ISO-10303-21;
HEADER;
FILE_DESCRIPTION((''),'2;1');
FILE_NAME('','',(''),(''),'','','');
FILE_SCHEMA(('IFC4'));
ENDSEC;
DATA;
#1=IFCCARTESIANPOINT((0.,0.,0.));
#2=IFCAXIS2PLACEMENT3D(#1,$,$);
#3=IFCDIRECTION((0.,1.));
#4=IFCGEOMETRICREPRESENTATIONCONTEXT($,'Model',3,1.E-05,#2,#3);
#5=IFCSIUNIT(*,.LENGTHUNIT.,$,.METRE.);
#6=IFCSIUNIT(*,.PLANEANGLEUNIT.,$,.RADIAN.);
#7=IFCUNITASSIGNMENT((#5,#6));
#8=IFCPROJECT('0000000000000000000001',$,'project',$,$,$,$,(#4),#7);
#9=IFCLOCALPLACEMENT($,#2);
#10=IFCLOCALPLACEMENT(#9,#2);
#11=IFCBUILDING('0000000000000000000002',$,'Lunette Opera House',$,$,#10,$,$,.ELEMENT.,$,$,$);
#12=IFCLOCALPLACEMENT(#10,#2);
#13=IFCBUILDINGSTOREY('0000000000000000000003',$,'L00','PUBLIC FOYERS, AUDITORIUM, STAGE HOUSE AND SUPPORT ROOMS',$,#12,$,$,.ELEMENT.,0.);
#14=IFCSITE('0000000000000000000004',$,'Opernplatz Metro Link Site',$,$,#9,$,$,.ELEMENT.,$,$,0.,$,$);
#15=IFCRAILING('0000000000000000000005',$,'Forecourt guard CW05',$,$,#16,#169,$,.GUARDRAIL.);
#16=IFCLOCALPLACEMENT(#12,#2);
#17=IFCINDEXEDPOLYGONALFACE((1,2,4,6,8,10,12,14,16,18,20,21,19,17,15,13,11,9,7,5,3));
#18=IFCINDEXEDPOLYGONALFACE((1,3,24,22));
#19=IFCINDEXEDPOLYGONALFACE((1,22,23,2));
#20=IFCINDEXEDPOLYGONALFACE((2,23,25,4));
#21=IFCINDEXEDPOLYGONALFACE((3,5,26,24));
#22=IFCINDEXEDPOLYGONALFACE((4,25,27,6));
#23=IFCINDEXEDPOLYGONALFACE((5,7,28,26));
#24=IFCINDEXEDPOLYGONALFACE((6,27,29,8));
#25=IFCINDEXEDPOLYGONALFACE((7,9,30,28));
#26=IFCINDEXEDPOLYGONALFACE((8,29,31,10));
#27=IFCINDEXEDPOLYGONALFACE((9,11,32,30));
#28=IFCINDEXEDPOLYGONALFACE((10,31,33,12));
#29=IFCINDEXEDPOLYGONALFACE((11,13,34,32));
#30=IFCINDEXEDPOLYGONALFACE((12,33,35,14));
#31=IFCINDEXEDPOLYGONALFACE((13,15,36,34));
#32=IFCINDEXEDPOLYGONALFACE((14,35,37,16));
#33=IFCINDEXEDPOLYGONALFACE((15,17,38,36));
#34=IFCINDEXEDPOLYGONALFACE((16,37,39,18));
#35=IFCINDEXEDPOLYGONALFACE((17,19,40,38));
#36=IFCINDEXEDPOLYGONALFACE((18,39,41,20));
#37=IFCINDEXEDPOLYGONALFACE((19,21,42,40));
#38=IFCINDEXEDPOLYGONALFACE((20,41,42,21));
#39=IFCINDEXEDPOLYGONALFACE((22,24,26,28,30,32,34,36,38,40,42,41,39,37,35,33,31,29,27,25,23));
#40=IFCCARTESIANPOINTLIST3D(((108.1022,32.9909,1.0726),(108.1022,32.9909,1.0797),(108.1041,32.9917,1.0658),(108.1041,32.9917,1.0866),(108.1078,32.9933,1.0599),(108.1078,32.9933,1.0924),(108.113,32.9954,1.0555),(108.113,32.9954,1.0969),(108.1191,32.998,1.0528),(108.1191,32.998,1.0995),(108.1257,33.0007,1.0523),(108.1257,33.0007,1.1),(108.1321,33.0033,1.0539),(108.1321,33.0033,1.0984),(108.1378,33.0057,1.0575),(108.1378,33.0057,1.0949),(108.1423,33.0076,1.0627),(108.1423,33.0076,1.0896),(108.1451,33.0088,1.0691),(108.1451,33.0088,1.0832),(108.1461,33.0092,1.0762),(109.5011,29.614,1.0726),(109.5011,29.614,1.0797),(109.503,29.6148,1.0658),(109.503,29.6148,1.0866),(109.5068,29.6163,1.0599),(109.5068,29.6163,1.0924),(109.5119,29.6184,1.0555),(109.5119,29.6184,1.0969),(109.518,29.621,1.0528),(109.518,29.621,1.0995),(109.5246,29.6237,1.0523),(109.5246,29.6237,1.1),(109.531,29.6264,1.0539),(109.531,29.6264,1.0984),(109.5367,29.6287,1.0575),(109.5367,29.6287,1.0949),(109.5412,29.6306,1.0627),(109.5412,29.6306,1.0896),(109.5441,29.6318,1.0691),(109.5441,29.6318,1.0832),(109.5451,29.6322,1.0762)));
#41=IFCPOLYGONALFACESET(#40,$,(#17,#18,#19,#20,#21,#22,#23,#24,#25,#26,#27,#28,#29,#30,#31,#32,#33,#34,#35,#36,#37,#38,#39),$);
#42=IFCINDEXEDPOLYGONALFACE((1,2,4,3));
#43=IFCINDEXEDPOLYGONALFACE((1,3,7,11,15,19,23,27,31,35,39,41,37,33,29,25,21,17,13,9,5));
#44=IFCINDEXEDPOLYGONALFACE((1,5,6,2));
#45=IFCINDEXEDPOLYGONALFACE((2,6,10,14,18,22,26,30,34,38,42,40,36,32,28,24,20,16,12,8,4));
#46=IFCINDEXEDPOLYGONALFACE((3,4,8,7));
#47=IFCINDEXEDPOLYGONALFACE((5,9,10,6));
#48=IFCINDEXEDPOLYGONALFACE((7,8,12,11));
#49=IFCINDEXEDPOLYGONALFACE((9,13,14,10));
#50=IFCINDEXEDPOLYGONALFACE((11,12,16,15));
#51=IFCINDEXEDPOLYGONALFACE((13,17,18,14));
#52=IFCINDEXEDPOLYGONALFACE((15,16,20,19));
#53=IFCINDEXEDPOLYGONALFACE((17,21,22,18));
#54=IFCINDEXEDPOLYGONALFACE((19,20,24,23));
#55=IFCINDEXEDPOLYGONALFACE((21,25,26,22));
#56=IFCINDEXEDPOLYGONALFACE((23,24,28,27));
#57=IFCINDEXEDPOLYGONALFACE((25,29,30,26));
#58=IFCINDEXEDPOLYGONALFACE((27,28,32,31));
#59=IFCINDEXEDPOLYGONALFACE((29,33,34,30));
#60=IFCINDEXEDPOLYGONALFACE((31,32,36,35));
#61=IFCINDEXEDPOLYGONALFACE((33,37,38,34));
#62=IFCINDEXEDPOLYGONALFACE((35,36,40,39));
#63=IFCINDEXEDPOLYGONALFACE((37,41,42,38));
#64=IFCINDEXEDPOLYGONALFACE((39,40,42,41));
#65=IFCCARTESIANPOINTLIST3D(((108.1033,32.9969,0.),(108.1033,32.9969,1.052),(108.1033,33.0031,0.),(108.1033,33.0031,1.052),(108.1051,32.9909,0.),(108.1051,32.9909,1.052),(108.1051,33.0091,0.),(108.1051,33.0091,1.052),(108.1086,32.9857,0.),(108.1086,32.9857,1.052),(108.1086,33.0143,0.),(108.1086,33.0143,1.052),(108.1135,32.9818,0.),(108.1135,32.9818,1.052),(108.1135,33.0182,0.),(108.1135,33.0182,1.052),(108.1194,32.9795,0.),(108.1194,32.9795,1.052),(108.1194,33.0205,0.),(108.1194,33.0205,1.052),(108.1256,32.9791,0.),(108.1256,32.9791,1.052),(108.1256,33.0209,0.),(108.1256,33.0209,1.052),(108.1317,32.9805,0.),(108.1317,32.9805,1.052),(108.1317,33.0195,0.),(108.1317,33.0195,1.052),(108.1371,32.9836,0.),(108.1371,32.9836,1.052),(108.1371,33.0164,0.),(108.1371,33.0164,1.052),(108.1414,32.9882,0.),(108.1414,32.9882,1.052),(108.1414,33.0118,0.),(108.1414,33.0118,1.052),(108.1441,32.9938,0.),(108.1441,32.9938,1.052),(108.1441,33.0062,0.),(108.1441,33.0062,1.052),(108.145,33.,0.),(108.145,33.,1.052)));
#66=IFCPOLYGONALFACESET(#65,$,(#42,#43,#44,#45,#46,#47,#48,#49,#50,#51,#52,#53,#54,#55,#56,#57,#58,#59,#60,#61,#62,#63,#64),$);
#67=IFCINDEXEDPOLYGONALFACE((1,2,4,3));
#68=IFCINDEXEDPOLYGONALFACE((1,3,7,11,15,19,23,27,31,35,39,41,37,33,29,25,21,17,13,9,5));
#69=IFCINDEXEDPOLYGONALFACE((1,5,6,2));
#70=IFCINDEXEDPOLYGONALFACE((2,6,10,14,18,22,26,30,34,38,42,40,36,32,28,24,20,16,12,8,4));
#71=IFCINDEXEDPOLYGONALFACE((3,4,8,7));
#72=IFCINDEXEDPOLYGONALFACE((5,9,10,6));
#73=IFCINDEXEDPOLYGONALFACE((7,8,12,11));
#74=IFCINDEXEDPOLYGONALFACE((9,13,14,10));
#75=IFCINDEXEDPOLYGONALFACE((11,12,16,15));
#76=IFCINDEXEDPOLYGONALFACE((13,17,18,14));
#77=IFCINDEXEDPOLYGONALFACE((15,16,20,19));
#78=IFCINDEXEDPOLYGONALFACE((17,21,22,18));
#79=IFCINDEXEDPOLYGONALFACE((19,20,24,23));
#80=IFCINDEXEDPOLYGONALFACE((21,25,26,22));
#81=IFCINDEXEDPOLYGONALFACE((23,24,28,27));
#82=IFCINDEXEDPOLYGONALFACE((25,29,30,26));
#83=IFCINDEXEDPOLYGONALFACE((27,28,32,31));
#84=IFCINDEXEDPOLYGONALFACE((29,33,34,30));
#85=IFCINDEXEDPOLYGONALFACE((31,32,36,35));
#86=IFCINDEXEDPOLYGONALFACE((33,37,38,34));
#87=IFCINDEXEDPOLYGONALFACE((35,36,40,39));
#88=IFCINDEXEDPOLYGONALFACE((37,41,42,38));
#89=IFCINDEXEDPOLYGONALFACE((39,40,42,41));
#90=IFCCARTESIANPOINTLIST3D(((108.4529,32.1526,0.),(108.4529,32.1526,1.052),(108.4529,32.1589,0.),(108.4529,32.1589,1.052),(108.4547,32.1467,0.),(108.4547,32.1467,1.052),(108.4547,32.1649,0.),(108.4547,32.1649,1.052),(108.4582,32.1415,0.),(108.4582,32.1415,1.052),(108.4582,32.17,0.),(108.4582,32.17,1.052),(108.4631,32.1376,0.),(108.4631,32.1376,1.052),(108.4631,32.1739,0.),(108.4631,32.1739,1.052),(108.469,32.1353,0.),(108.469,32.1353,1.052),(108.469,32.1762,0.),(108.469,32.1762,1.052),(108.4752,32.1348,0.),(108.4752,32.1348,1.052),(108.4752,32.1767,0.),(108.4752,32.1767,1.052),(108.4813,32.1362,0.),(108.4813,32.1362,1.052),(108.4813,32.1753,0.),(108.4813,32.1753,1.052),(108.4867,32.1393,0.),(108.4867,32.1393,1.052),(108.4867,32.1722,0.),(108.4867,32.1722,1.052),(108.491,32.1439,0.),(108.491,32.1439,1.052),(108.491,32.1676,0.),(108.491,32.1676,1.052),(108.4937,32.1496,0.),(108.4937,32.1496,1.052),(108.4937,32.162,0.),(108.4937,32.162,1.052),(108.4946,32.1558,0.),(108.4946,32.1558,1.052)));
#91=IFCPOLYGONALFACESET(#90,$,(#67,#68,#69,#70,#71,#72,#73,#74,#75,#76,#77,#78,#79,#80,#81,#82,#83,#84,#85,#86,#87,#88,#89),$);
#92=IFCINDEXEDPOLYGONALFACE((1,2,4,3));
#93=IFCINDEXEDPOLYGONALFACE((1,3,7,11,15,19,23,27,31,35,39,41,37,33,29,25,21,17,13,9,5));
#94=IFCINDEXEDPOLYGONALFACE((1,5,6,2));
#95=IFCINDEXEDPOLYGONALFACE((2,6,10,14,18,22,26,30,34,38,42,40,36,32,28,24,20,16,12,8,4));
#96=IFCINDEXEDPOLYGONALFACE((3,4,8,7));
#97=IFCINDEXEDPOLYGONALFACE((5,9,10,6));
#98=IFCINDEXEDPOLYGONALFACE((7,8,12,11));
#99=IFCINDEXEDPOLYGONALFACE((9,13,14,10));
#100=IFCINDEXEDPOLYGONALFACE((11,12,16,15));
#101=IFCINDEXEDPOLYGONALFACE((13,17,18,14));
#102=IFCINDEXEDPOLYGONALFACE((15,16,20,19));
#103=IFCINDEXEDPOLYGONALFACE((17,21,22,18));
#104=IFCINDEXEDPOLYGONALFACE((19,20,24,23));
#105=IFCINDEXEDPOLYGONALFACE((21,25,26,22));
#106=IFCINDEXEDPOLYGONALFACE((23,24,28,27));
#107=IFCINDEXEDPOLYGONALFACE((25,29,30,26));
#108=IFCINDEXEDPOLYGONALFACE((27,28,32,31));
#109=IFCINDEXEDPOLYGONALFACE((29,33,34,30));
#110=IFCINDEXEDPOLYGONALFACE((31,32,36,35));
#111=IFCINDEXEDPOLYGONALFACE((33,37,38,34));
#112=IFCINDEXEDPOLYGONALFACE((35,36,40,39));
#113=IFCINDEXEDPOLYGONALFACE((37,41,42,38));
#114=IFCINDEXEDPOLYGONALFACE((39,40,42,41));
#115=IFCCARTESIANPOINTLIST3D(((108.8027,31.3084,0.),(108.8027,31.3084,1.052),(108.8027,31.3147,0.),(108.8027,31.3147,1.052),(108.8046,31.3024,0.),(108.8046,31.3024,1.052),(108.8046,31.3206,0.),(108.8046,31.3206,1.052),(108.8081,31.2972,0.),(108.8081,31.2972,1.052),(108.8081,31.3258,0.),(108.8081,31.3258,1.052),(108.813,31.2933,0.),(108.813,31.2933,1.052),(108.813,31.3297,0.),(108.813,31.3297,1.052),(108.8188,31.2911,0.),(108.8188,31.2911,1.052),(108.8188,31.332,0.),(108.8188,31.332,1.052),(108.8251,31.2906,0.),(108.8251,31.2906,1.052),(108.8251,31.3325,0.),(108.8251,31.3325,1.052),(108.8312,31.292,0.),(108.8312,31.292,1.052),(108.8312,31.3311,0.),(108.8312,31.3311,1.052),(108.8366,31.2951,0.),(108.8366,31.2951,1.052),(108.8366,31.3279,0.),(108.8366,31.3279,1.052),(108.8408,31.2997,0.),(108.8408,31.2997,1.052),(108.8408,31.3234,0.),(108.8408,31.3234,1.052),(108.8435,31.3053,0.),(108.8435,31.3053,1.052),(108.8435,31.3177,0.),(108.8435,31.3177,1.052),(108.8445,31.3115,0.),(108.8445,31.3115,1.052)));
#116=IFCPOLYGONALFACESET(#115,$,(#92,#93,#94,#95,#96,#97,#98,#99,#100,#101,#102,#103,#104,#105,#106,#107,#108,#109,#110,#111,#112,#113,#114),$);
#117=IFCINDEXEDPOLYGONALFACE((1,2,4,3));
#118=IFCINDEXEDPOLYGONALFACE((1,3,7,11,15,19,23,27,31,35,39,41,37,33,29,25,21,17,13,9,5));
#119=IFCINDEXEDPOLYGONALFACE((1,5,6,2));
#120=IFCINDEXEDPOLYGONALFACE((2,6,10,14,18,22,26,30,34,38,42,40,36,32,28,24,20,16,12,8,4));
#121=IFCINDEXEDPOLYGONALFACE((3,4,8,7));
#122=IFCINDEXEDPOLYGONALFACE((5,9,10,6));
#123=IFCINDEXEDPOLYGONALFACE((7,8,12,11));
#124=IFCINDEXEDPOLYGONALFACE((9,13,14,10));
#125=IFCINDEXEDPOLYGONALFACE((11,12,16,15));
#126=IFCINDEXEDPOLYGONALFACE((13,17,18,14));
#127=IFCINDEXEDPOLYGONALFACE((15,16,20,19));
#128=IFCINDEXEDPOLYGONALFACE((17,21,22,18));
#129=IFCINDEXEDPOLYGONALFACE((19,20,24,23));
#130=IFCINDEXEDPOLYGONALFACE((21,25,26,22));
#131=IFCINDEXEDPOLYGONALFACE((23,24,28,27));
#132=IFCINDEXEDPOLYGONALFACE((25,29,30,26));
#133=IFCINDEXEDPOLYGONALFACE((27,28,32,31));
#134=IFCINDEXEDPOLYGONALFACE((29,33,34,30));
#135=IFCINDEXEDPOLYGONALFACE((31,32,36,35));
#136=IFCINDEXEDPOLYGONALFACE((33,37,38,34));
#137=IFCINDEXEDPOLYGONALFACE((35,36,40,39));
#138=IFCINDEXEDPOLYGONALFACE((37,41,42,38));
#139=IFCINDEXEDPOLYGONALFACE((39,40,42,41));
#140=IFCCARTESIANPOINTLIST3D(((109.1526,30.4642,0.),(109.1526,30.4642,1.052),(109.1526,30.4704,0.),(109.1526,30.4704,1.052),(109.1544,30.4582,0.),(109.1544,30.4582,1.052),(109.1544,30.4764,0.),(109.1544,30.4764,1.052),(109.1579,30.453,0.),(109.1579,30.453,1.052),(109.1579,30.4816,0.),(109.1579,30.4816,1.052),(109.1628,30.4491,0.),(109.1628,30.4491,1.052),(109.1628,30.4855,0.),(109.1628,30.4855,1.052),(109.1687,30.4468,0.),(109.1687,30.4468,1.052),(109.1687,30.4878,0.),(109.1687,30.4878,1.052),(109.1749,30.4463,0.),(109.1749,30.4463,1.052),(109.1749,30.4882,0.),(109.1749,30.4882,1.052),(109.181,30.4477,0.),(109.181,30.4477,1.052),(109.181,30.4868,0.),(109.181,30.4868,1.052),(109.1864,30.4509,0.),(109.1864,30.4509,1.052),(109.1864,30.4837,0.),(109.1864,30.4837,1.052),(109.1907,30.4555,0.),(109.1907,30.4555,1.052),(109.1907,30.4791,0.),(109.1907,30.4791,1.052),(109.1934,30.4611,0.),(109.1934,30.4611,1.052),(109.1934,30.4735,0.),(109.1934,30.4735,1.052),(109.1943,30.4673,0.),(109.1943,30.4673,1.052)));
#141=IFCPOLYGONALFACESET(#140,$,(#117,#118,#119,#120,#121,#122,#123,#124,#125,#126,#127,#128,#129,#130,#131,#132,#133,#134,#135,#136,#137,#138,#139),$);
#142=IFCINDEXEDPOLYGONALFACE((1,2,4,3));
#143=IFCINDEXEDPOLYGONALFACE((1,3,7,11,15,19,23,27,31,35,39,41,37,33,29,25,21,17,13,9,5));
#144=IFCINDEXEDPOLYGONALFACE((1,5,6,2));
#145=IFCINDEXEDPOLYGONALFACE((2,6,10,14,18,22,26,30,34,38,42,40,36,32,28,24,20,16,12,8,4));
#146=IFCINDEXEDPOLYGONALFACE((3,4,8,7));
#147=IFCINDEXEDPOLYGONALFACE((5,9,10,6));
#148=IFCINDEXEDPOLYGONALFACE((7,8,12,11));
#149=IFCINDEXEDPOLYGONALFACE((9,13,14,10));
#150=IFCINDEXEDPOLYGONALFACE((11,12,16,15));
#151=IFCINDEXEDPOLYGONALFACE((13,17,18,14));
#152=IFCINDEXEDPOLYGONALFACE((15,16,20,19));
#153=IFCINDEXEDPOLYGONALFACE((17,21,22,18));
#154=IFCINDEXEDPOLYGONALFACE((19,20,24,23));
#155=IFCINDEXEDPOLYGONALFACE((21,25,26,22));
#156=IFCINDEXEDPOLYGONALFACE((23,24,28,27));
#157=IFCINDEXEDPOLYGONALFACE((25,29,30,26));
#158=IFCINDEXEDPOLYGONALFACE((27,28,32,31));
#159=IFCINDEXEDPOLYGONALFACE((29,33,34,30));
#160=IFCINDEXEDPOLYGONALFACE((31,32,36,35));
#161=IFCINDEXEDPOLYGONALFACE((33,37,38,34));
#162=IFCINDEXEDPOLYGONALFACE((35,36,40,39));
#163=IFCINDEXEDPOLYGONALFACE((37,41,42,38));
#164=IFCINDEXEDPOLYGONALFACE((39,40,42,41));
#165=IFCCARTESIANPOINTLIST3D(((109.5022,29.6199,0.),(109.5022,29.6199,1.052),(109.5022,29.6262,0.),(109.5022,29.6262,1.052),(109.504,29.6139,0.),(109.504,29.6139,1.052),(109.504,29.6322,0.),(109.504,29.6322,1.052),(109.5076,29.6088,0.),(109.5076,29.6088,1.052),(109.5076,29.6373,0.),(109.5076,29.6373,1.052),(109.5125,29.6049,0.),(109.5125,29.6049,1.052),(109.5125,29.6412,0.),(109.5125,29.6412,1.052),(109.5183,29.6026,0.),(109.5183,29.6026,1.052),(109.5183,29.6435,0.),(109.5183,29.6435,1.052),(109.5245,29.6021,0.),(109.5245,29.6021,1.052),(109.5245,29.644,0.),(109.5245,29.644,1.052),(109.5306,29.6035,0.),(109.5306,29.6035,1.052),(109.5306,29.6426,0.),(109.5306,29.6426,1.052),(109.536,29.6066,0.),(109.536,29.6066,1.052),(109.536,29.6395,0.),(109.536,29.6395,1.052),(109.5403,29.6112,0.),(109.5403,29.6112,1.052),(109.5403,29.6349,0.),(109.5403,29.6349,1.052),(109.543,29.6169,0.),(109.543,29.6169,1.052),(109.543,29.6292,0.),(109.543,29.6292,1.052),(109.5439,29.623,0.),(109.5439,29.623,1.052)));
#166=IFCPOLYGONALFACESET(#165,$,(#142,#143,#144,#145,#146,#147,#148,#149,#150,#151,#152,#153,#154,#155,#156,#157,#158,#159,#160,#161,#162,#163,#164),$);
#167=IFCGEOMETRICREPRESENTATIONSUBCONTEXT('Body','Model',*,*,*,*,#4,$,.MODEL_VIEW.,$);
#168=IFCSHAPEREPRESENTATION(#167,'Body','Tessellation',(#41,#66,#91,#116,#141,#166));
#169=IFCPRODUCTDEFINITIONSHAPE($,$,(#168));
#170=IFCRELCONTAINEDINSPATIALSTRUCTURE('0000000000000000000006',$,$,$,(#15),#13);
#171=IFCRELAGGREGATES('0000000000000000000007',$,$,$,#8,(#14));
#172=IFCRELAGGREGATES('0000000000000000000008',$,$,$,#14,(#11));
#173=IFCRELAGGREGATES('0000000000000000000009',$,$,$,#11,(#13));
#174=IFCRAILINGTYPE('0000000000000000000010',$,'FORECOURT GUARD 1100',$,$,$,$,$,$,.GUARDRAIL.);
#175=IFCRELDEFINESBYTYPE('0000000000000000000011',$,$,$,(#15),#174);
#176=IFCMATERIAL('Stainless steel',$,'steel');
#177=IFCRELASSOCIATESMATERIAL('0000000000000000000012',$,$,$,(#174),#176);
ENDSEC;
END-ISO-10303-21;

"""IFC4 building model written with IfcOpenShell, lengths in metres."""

from ifc_helpers import new_model, si_unit, direction, frame, origin, origin_2d, place, context, subcontext, project, spatial, circle, extrude, material, type_object, element, save


model = new_model("IFC4")

# Units and contexts
model_context = context("Model", 3, precision=1e-05, world=origin(), true_north=direction((0.0, 1.0)))
body_context = subcontext(model_context, "Body", "Model", "MODEL_VIEW")
ifc_project = project(units=[si_unit("LENGTHUNIT", "METRE"), si_unit("PLANEANGLEUNIT", "RADIAN")], contexts=[model_context])

# Site, building, storey
site_placement = place(None, origin())
site = spatial("IfcSite", under=ifc_project, at=site_placement, Name="Opernplatz Metro Link Site", CompositionType="ELEMENT", RefElevation=0.0)
building_placement = place(site_placement, origin())
building = spatial("IfcBuilding", under=site, at=building_placement, Name="Lunette Opera House", CompositionType="ELEMENT")
storey_placement = place(building_placement, origin())
storey = spatial("IfcBuildingStorey", under=building, at=storey_placement, Name="L00", Description="PUBLIC FOYERS, AUDITORIUM, STAGE HOUSE AND SUPPORT ROOMS", CompositionType="ELEMENT", Elevation=0.0)

# Railing
ifc_material_1 = material(Name="Stainless steel", Category="steel")
railing_type = type_object("IfcRailingType", Name="FORECOURT GUARD 1100", PredefinedType="GUARDRAIL", material=ifc_material_1)
railing_1_placement = place(storey_placement, frame((108.124, 33.0, 0.0)))
element("IfcRailing", 1, at=railing_1_placement, inside=storey, type_object=railing_type, Name="Forecourt guard CW05", PredefinedType="GUARDRAIL", context=body_context, shape_type="SweptSolid", body=[
    extrude(circle(Radius=0.0239, at=origin_2d()), frame((0.0, 0.0, 1.0762), z_axis=(0.382718, -0.923865, 0.0), x_axis=(0.923865, 0.382718, 0.0)), (0.0, 0.0, 1.0), 3.6553),
    extrude(circle(Radius=0.021, at=origin_2d()), origin(), (0.0, 0.0, 1.0), 1.052),
    extrude(circle(Radius=0.021, at=origin_2d()), frame((0.3496, -0.8442, 0.0)), (0.0, 0.0, 1.0), 1.052),
    extrude(circle(Radius=0.021, at=origin_2d()), frame((0.6995, -1.6885, 0.0)), (0.0, 0.0, 1.0), 1.052),
    extrude(circle(Radius=0.021, at=origin_2d()), frame((1.0493, -2.5327, 0.0)), (0.0, 0.0, 1.0), 1.052),
    extrude(circle(Radius=0.021, at=origin_2d()), frame((1.3989, -3.377, 0.0)), (0.0, 0.0, 1.0), 1.052),
])

save(model, "model.ifc")
